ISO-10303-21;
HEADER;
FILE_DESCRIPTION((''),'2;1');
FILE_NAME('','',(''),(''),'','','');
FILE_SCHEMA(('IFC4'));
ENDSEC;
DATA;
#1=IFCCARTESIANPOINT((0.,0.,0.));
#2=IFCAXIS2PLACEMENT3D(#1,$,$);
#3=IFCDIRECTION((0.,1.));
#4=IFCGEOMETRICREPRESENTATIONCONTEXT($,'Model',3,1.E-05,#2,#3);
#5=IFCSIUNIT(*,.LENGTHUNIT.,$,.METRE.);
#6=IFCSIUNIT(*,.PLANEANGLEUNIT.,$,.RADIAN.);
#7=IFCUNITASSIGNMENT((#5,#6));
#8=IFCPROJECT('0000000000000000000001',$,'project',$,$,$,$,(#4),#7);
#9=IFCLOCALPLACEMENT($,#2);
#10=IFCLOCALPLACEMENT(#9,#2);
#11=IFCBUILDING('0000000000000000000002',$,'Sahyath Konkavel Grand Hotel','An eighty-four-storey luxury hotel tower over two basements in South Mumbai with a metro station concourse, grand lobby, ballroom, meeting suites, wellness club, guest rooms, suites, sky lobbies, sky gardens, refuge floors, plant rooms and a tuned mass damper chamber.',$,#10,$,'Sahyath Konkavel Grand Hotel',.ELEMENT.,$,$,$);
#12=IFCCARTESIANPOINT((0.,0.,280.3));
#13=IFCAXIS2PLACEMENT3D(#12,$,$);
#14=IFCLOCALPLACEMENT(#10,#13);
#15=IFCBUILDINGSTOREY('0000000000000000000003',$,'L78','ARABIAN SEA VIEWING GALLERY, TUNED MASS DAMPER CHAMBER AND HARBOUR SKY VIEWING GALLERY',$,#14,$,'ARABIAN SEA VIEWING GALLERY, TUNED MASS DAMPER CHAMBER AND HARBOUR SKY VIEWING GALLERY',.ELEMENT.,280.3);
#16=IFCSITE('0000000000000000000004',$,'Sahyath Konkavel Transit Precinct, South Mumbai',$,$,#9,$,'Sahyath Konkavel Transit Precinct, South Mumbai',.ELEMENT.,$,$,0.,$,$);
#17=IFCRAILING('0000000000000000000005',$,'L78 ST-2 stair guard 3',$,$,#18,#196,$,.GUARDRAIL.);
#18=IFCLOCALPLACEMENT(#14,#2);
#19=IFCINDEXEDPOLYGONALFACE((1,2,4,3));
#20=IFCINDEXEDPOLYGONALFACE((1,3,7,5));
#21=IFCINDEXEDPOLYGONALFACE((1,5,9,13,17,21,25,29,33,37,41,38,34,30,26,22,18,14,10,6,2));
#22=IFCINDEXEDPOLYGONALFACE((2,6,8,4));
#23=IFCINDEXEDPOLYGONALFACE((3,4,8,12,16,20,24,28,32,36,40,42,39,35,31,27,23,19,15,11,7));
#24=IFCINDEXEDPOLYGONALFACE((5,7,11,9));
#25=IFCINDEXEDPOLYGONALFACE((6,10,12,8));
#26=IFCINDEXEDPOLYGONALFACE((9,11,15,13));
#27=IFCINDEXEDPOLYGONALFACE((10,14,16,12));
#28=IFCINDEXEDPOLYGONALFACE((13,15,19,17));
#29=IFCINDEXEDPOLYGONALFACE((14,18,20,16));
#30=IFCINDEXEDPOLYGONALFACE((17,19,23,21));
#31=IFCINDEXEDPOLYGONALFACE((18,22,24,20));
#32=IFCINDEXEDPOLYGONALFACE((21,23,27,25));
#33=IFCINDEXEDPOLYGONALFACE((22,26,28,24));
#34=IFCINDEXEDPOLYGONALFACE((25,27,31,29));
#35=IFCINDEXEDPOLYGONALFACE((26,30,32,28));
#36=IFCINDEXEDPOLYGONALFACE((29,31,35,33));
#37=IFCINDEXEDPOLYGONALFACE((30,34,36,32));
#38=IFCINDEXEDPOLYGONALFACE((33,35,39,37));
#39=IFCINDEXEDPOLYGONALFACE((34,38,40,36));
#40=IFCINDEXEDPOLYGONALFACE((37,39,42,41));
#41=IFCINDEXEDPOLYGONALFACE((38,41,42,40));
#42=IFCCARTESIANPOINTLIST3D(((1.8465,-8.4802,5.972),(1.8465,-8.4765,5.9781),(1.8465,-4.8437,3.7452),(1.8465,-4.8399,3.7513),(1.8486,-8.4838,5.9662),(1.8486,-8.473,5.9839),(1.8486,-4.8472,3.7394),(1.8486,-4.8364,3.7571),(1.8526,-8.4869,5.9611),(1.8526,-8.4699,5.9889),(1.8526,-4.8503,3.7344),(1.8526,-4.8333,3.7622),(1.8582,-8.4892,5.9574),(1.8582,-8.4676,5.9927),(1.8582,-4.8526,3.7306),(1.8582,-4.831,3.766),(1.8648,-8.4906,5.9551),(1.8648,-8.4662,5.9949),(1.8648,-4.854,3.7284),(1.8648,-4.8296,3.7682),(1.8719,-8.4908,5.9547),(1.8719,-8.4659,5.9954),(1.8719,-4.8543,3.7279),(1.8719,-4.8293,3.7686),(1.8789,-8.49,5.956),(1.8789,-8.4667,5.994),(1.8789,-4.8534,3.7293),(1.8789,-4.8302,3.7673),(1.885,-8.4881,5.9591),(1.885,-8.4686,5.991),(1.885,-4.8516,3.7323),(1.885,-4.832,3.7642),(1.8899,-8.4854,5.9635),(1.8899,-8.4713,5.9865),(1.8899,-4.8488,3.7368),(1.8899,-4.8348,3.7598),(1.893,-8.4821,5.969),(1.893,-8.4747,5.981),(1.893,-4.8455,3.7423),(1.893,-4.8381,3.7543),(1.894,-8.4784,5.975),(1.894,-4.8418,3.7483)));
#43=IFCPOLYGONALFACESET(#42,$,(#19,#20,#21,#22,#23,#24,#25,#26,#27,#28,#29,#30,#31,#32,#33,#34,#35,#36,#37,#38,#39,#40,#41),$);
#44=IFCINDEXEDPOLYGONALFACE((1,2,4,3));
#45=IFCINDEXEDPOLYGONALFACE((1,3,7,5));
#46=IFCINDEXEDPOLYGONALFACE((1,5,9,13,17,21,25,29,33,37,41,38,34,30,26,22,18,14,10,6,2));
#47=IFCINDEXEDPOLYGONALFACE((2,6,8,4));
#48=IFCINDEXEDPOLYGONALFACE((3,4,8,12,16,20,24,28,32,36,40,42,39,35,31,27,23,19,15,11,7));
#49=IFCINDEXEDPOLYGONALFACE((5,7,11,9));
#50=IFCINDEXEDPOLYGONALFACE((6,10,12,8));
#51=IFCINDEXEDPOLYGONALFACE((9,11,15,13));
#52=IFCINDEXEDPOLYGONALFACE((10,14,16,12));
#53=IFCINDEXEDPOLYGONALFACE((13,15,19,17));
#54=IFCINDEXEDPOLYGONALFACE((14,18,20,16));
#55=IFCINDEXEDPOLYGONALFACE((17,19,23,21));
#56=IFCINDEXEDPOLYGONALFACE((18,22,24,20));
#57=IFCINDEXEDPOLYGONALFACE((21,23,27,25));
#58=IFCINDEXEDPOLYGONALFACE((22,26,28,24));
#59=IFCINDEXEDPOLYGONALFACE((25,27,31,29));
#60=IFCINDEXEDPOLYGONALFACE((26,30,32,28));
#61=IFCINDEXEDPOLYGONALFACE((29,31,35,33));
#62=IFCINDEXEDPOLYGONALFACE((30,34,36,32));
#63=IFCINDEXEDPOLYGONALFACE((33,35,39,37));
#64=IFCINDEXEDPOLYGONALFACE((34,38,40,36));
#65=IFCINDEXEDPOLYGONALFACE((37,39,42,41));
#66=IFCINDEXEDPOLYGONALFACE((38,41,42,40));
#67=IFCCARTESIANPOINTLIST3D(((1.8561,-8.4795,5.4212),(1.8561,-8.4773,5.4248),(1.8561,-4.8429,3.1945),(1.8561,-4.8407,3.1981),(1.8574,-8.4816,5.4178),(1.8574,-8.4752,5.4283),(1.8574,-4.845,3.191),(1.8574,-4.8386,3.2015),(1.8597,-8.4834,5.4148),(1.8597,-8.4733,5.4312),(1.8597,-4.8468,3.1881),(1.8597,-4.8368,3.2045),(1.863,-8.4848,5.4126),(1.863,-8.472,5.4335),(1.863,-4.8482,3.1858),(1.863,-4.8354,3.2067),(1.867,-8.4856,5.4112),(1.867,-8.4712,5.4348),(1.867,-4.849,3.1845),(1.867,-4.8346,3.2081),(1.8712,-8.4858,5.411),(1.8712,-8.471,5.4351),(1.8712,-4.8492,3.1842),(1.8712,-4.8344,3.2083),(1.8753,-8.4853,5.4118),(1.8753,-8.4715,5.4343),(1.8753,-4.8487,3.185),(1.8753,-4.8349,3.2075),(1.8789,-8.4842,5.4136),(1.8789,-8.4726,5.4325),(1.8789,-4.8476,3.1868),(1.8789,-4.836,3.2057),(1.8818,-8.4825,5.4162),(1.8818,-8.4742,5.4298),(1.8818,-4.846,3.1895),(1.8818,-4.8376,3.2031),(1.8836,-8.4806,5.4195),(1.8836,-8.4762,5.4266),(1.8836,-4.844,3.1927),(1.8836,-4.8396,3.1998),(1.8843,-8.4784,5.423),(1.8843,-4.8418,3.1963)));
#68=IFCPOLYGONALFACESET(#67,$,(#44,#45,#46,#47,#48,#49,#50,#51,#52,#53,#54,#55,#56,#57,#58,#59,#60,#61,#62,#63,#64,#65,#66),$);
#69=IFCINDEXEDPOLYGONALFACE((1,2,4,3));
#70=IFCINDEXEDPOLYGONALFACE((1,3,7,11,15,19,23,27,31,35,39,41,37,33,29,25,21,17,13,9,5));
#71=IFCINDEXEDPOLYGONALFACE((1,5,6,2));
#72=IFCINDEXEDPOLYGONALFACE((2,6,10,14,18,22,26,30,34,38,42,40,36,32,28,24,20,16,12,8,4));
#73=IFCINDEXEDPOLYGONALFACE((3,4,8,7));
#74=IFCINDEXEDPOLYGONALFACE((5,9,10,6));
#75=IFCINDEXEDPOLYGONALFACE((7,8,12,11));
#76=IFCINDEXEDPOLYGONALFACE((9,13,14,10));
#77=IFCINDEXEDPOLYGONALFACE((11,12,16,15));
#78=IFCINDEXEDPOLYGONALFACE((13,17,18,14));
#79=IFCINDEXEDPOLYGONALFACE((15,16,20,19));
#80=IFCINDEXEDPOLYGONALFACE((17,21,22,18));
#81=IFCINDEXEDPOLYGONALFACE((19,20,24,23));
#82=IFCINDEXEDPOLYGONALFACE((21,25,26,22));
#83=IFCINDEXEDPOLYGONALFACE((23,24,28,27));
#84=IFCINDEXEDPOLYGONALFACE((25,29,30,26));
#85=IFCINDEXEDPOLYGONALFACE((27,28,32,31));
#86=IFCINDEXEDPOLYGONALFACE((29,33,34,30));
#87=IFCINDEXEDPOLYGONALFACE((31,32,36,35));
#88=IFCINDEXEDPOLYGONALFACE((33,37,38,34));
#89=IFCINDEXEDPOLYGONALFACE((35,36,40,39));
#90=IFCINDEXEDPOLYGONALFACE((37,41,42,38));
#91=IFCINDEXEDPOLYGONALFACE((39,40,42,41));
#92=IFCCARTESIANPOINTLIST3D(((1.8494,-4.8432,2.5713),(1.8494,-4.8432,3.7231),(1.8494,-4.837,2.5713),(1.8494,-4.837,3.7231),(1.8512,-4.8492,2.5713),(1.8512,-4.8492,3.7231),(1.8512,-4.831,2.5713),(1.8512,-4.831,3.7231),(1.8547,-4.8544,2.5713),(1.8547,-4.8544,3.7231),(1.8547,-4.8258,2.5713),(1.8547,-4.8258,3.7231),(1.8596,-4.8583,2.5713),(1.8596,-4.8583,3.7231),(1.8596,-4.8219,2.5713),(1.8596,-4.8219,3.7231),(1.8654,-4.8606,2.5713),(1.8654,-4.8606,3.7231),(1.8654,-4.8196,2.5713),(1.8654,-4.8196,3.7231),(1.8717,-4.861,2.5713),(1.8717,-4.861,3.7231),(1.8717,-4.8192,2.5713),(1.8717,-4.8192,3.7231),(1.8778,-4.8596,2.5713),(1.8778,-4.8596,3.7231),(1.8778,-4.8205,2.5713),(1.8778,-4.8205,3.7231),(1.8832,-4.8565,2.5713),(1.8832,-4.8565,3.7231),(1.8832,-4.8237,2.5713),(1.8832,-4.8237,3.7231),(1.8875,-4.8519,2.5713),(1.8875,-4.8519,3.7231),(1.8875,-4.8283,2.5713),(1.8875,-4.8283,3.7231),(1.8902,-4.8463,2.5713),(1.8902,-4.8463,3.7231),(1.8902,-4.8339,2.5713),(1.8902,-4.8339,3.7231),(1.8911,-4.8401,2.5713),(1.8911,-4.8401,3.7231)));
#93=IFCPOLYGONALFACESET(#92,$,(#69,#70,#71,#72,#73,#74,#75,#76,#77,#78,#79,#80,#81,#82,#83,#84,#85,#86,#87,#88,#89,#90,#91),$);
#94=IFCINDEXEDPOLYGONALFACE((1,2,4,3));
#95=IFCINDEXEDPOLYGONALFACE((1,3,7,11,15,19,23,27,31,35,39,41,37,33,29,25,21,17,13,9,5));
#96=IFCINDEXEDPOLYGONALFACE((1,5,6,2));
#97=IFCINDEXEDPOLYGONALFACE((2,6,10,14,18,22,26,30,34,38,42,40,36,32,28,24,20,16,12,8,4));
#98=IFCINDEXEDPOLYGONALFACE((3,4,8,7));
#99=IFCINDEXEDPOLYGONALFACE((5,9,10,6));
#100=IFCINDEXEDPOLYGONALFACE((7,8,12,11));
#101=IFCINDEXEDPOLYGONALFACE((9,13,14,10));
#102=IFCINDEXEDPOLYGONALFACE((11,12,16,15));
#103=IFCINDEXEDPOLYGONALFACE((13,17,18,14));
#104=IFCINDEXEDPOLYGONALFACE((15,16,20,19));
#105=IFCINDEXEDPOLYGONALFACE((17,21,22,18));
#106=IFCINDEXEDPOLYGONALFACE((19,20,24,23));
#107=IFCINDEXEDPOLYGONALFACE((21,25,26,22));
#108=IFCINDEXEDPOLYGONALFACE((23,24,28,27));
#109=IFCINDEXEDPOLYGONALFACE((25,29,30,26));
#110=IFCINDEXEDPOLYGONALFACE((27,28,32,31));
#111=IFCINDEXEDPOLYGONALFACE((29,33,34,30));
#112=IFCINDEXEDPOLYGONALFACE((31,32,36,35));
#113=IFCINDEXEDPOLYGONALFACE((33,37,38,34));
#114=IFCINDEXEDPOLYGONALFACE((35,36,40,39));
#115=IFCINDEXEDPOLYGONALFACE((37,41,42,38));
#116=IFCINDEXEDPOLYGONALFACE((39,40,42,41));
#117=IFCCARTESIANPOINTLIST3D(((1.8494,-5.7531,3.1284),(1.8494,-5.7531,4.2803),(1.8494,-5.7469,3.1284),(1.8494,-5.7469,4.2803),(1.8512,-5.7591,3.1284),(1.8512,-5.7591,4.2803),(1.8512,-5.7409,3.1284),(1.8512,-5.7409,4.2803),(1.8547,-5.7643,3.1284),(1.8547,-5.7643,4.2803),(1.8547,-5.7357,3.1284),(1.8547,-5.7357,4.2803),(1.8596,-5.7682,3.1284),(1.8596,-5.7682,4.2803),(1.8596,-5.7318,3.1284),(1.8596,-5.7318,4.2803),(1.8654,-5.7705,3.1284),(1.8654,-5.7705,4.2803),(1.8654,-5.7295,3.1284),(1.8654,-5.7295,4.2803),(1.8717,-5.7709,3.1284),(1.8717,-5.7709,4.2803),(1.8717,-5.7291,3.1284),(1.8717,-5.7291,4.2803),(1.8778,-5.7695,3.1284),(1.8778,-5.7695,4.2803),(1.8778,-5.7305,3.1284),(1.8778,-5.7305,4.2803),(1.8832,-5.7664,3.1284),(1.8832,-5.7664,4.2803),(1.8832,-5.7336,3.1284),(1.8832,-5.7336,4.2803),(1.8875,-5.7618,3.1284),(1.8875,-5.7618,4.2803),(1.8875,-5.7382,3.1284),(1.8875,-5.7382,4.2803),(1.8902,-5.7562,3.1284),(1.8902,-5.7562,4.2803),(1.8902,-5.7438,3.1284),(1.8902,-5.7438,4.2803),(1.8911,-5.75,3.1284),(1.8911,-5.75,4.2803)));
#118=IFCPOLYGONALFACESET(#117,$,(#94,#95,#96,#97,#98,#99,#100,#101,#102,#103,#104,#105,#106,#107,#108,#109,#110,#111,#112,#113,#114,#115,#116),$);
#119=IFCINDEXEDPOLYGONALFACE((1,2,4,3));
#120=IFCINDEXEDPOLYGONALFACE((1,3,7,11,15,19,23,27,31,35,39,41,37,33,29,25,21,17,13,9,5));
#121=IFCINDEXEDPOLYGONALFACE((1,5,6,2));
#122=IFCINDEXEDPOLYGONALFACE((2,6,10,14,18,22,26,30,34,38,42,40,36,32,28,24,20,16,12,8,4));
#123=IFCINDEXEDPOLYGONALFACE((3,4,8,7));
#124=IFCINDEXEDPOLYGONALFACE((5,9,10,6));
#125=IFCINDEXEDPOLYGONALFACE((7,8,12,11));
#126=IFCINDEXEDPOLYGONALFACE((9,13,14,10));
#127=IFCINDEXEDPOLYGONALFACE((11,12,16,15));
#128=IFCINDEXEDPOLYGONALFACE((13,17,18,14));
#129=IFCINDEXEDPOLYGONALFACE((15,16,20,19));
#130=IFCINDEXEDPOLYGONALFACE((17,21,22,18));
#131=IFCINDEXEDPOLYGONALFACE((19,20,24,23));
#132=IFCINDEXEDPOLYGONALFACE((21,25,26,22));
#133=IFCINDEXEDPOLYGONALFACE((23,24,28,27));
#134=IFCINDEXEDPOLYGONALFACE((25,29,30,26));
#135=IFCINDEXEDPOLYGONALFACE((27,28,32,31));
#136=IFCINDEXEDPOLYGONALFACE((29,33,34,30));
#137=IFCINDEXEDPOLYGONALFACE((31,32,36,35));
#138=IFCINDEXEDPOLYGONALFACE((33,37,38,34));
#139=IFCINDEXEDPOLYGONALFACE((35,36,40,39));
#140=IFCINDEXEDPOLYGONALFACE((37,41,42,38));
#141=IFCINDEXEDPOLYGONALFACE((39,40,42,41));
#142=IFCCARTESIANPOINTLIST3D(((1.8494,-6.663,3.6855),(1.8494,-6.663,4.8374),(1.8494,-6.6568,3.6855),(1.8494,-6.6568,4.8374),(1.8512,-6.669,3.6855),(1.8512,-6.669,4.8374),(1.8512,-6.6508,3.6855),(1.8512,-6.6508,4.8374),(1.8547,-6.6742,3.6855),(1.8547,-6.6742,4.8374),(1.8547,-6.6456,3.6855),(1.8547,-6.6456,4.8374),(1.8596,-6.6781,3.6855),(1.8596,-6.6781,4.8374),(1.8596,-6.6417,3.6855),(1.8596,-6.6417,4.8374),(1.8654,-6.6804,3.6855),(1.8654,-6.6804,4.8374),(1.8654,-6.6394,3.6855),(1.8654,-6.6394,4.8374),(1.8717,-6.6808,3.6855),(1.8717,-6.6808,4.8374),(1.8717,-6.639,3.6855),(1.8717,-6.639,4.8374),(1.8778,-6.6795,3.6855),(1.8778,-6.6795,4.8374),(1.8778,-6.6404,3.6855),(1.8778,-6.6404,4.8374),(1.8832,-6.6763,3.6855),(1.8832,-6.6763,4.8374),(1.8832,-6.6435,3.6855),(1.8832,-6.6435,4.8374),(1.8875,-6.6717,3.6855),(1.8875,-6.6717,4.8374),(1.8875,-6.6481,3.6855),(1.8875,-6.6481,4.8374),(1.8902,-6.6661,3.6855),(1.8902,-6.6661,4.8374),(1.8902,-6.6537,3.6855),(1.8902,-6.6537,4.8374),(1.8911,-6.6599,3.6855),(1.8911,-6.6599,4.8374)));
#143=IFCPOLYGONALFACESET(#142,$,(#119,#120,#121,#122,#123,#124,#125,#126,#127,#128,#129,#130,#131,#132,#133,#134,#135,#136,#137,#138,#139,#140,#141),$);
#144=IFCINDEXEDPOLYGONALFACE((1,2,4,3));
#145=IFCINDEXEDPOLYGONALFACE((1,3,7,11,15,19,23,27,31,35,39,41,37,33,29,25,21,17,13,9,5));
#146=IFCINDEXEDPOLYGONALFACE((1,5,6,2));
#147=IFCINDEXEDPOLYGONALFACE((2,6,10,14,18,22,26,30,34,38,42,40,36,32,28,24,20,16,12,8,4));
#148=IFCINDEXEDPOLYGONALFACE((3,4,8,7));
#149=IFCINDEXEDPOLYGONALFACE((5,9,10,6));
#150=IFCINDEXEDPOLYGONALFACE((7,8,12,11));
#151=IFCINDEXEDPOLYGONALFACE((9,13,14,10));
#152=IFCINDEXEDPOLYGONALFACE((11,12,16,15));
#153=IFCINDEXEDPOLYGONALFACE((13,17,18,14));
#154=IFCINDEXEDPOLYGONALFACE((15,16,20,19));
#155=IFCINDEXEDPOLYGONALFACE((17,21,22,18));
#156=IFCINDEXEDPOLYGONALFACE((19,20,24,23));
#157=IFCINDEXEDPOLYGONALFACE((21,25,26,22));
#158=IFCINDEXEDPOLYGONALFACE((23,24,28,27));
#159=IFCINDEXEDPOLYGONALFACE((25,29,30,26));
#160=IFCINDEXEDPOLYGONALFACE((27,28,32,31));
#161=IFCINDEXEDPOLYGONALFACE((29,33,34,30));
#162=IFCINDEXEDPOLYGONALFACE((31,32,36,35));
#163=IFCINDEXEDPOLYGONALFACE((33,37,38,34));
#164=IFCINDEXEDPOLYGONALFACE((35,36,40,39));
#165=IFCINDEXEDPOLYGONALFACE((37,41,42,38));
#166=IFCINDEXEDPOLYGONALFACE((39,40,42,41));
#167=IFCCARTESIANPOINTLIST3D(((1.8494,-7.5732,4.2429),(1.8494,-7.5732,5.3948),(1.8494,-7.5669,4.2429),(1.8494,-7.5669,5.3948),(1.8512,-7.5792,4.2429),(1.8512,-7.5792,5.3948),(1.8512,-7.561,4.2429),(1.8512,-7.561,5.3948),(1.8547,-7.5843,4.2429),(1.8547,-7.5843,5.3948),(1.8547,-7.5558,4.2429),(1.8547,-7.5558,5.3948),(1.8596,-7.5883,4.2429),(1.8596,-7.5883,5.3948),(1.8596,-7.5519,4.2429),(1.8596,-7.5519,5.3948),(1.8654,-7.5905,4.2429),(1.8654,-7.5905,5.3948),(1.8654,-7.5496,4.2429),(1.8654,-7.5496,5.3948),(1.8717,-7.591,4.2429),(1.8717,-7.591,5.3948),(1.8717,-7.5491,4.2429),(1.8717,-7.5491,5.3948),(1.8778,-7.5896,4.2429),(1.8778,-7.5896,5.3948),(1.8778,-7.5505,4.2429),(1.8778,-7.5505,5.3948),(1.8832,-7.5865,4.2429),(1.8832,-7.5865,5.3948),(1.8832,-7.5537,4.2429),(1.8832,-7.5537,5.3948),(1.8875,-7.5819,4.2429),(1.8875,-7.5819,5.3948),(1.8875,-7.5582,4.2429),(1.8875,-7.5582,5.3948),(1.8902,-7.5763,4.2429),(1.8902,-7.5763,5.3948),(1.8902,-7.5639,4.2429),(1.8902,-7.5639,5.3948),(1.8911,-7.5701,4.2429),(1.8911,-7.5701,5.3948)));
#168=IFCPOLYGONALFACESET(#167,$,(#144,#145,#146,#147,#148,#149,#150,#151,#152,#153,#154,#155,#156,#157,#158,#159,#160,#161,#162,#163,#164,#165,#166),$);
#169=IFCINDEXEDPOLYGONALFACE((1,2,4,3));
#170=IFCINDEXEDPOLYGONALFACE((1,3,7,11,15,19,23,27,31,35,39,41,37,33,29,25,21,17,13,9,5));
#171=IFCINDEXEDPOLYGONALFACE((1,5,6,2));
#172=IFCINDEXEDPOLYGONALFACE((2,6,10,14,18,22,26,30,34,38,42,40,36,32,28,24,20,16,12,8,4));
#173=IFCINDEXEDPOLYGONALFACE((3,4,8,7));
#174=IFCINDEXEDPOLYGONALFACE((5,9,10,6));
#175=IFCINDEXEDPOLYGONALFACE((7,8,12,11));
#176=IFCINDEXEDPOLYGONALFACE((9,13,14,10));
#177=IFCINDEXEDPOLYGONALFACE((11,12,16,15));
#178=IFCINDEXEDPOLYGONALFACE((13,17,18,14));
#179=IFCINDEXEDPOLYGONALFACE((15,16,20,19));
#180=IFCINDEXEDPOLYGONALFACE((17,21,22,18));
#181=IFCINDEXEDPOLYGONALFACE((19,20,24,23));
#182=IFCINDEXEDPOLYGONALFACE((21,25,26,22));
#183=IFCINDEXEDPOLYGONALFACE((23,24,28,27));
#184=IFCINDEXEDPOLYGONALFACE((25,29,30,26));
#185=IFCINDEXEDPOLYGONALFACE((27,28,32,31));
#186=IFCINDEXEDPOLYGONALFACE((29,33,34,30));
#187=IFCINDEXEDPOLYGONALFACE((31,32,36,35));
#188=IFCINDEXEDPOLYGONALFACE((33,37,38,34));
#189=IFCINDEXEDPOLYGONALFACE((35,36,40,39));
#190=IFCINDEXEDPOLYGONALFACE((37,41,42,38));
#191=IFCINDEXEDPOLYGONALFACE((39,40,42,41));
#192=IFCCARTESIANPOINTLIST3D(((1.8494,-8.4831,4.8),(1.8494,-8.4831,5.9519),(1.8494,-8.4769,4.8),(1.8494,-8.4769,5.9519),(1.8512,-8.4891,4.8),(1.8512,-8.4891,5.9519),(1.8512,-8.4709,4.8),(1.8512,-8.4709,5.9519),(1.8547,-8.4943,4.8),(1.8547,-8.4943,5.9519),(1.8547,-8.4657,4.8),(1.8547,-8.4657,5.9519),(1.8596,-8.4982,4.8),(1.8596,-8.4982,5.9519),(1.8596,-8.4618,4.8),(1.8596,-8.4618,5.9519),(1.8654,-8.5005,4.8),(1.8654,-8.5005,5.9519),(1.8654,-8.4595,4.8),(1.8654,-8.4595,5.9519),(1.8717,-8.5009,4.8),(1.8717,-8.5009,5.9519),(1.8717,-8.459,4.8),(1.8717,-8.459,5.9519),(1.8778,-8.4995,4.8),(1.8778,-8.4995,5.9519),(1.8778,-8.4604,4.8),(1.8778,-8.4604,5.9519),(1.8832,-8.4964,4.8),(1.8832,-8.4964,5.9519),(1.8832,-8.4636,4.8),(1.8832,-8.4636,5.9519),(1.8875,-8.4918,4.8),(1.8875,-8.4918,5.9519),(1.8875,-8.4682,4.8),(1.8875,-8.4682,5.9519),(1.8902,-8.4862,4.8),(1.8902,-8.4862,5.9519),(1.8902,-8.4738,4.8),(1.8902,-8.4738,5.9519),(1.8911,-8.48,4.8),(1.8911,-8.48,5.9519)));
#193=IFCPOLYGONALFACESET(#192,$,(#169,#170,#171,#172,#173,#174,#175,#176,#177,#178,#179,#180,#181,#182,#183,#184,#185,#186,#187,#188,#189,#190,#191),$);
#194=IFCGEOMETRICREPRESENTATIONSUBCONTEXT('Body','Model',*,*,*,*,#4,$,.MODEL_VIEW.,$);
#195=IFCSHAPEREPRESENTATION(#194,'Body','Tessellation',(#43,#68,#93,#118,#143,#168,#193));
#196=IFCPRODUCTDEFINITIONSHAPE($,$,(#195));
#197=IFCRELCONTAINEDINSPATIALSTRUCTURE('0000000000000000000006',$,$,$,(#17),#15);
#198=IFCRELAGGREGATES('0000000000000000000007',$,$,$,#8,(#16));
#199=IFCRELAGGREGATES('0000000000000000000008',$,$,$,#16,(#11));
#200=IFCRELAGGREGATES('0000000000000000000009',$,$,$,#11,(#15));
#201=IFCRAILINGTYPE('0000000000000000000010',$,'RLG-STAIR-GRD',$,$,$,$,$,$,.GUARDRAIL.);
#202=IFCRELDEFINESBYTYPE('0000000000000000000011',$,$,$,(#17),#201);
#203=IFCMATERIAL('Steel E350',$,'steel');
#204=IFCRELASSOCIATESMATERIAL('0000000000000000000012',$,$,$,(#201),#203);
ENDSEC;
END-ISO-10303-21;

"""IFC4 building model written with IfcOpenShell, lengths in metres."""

from ifc_helpers import new_model, si_unit, direction, frame, origin, origin_2d, place, context, subcontext, project, spatial, circle, extrude, material, type_object, element, save


model = new_model("IFC4")

# Units and contexts
model_context = context("Model", 3, precision=1e-05, world=origin(), true_north=direction((0.0, 1.0)))
body_context = subcontext(model_context, "Body", "Model", "MODEL_VIEW")
ifc_project = project(units=[si_unit("LENGTHUNIT", "METRE"), si_unit("PLANEANGLEUNIT", "RADIAN")], contexts=[model_context])

# Site, building, storey
site_placement = place(None, origin())
site = spatial("IfcSite", under=ifc_project, at=site_placement, Name="Sahyath Konkavel Transit Precinct, South Mumbai", LongName="Sahyath Konkavel Transit Precinct, South Mumbai", CompositionType="ELEMENT", RefElevation=0.0)
building_placement = place(site_placement, origin())
building = spatial("IfcBuilding", under=site, at=building_placement, Name="Sahyath Konkavel Grand Hotel", Description="An eighty-four-storey luxury hotel tower over two basements in South Mumbai with a metro station concourse, grand lobby, ballroom, meeting suites, wellness club, guest rooms, suites, sky lobbies, sky gardens, refuge floors, plant rooms and a tuned mass damper chamber.", LongName="Sahyath Konkavel Grand Hotel", CompositionType="ELEMENT")
storey_placement = place(building_placement, frame((0.0, 0.0, 280.3)))
storey = spatial("IfcBuildingStorey", under=building, at=storey_placement, Name="L78", Description="ARABIAN SEA VIEWING GALLERY, TUNED MASS DAMPER CHAMBER AND HARBOUR SKY VIEWING GALLERY", LongName="ARABIAN SEA VIEWING GALLERY, TUNED MASS DAMPER CHAMBER AND HARBOUR SKY VIEWING GALLERY", CompositionType="ELEMENT", Elevation=280.3)

# Shared definitions
ifc_material_1 = material(Name="Steel E350", Category="steel")

# Railing
railing_type_1 = type_object("IfcRailingType", Name="RLG-STAIR-GRD", PredefinedType="GUARDRAIL", material=ifc_material_1)
railing_1_placement = place(storey_placement, frame((1.8701, -4.8401, 2.5713)))
element("IfcRailing", 1, at=railing_1_placement, inside=storey, type_object=railing_type_1, Name="L78 ST-2 stair guard 3", PredefinedType="GUARDRAIL", context=body_context, shape_type="SweptSolid", body=[
    extrude(circle(Radius=0.0239, at=origin_2d()), frame((0.0, -0.0017, 1.177), z_axis=(0.0, -0.852825, 0.522197), x_axis=(1.0, 0.0, 0.0)), (0.0, 0.0, 1.0), 4.2642),
    extrude(circle(Radius=0.0142, at=origin_2d()), frame((0.0, -0.0017, 0.625), z_axis=(0.0, -0.852825, 0.522197), x_axis=(1.0, 0.0, 0.0)), (0.0, 0.0, 1.0), 4.2642),
    extrude(circle(Radius=0.021, at=origin_2d()), origin(), (0.0, 0.0, 1.0), 1.1519),
    extrude(circle(Radius=0.021, at=origin_2d()), frame((0.0, -0.9099, 0.5571)), (0.0, 0.0, 1.0), 1.1519),
    extrude(circle(Radius=0.021, at=origin_2d()), frame((0.0, -1.8198, 1.1143)), (0.0, 0.0, 1.0), 1.1519),
    extrude(circle(Radius=0.021, at=origin_2d()), frame((0.0, -2.73, 1.6716)), (0.0, 0.0, 1.0), 1.1519),
    extrude(circle(Radius=0.021, at=origin_2d()), frame((0.0, -3.6399, 2.2288)), (0.0, 0.0, 1.0), 1.1519),
])

save(model, "model.ifc")
